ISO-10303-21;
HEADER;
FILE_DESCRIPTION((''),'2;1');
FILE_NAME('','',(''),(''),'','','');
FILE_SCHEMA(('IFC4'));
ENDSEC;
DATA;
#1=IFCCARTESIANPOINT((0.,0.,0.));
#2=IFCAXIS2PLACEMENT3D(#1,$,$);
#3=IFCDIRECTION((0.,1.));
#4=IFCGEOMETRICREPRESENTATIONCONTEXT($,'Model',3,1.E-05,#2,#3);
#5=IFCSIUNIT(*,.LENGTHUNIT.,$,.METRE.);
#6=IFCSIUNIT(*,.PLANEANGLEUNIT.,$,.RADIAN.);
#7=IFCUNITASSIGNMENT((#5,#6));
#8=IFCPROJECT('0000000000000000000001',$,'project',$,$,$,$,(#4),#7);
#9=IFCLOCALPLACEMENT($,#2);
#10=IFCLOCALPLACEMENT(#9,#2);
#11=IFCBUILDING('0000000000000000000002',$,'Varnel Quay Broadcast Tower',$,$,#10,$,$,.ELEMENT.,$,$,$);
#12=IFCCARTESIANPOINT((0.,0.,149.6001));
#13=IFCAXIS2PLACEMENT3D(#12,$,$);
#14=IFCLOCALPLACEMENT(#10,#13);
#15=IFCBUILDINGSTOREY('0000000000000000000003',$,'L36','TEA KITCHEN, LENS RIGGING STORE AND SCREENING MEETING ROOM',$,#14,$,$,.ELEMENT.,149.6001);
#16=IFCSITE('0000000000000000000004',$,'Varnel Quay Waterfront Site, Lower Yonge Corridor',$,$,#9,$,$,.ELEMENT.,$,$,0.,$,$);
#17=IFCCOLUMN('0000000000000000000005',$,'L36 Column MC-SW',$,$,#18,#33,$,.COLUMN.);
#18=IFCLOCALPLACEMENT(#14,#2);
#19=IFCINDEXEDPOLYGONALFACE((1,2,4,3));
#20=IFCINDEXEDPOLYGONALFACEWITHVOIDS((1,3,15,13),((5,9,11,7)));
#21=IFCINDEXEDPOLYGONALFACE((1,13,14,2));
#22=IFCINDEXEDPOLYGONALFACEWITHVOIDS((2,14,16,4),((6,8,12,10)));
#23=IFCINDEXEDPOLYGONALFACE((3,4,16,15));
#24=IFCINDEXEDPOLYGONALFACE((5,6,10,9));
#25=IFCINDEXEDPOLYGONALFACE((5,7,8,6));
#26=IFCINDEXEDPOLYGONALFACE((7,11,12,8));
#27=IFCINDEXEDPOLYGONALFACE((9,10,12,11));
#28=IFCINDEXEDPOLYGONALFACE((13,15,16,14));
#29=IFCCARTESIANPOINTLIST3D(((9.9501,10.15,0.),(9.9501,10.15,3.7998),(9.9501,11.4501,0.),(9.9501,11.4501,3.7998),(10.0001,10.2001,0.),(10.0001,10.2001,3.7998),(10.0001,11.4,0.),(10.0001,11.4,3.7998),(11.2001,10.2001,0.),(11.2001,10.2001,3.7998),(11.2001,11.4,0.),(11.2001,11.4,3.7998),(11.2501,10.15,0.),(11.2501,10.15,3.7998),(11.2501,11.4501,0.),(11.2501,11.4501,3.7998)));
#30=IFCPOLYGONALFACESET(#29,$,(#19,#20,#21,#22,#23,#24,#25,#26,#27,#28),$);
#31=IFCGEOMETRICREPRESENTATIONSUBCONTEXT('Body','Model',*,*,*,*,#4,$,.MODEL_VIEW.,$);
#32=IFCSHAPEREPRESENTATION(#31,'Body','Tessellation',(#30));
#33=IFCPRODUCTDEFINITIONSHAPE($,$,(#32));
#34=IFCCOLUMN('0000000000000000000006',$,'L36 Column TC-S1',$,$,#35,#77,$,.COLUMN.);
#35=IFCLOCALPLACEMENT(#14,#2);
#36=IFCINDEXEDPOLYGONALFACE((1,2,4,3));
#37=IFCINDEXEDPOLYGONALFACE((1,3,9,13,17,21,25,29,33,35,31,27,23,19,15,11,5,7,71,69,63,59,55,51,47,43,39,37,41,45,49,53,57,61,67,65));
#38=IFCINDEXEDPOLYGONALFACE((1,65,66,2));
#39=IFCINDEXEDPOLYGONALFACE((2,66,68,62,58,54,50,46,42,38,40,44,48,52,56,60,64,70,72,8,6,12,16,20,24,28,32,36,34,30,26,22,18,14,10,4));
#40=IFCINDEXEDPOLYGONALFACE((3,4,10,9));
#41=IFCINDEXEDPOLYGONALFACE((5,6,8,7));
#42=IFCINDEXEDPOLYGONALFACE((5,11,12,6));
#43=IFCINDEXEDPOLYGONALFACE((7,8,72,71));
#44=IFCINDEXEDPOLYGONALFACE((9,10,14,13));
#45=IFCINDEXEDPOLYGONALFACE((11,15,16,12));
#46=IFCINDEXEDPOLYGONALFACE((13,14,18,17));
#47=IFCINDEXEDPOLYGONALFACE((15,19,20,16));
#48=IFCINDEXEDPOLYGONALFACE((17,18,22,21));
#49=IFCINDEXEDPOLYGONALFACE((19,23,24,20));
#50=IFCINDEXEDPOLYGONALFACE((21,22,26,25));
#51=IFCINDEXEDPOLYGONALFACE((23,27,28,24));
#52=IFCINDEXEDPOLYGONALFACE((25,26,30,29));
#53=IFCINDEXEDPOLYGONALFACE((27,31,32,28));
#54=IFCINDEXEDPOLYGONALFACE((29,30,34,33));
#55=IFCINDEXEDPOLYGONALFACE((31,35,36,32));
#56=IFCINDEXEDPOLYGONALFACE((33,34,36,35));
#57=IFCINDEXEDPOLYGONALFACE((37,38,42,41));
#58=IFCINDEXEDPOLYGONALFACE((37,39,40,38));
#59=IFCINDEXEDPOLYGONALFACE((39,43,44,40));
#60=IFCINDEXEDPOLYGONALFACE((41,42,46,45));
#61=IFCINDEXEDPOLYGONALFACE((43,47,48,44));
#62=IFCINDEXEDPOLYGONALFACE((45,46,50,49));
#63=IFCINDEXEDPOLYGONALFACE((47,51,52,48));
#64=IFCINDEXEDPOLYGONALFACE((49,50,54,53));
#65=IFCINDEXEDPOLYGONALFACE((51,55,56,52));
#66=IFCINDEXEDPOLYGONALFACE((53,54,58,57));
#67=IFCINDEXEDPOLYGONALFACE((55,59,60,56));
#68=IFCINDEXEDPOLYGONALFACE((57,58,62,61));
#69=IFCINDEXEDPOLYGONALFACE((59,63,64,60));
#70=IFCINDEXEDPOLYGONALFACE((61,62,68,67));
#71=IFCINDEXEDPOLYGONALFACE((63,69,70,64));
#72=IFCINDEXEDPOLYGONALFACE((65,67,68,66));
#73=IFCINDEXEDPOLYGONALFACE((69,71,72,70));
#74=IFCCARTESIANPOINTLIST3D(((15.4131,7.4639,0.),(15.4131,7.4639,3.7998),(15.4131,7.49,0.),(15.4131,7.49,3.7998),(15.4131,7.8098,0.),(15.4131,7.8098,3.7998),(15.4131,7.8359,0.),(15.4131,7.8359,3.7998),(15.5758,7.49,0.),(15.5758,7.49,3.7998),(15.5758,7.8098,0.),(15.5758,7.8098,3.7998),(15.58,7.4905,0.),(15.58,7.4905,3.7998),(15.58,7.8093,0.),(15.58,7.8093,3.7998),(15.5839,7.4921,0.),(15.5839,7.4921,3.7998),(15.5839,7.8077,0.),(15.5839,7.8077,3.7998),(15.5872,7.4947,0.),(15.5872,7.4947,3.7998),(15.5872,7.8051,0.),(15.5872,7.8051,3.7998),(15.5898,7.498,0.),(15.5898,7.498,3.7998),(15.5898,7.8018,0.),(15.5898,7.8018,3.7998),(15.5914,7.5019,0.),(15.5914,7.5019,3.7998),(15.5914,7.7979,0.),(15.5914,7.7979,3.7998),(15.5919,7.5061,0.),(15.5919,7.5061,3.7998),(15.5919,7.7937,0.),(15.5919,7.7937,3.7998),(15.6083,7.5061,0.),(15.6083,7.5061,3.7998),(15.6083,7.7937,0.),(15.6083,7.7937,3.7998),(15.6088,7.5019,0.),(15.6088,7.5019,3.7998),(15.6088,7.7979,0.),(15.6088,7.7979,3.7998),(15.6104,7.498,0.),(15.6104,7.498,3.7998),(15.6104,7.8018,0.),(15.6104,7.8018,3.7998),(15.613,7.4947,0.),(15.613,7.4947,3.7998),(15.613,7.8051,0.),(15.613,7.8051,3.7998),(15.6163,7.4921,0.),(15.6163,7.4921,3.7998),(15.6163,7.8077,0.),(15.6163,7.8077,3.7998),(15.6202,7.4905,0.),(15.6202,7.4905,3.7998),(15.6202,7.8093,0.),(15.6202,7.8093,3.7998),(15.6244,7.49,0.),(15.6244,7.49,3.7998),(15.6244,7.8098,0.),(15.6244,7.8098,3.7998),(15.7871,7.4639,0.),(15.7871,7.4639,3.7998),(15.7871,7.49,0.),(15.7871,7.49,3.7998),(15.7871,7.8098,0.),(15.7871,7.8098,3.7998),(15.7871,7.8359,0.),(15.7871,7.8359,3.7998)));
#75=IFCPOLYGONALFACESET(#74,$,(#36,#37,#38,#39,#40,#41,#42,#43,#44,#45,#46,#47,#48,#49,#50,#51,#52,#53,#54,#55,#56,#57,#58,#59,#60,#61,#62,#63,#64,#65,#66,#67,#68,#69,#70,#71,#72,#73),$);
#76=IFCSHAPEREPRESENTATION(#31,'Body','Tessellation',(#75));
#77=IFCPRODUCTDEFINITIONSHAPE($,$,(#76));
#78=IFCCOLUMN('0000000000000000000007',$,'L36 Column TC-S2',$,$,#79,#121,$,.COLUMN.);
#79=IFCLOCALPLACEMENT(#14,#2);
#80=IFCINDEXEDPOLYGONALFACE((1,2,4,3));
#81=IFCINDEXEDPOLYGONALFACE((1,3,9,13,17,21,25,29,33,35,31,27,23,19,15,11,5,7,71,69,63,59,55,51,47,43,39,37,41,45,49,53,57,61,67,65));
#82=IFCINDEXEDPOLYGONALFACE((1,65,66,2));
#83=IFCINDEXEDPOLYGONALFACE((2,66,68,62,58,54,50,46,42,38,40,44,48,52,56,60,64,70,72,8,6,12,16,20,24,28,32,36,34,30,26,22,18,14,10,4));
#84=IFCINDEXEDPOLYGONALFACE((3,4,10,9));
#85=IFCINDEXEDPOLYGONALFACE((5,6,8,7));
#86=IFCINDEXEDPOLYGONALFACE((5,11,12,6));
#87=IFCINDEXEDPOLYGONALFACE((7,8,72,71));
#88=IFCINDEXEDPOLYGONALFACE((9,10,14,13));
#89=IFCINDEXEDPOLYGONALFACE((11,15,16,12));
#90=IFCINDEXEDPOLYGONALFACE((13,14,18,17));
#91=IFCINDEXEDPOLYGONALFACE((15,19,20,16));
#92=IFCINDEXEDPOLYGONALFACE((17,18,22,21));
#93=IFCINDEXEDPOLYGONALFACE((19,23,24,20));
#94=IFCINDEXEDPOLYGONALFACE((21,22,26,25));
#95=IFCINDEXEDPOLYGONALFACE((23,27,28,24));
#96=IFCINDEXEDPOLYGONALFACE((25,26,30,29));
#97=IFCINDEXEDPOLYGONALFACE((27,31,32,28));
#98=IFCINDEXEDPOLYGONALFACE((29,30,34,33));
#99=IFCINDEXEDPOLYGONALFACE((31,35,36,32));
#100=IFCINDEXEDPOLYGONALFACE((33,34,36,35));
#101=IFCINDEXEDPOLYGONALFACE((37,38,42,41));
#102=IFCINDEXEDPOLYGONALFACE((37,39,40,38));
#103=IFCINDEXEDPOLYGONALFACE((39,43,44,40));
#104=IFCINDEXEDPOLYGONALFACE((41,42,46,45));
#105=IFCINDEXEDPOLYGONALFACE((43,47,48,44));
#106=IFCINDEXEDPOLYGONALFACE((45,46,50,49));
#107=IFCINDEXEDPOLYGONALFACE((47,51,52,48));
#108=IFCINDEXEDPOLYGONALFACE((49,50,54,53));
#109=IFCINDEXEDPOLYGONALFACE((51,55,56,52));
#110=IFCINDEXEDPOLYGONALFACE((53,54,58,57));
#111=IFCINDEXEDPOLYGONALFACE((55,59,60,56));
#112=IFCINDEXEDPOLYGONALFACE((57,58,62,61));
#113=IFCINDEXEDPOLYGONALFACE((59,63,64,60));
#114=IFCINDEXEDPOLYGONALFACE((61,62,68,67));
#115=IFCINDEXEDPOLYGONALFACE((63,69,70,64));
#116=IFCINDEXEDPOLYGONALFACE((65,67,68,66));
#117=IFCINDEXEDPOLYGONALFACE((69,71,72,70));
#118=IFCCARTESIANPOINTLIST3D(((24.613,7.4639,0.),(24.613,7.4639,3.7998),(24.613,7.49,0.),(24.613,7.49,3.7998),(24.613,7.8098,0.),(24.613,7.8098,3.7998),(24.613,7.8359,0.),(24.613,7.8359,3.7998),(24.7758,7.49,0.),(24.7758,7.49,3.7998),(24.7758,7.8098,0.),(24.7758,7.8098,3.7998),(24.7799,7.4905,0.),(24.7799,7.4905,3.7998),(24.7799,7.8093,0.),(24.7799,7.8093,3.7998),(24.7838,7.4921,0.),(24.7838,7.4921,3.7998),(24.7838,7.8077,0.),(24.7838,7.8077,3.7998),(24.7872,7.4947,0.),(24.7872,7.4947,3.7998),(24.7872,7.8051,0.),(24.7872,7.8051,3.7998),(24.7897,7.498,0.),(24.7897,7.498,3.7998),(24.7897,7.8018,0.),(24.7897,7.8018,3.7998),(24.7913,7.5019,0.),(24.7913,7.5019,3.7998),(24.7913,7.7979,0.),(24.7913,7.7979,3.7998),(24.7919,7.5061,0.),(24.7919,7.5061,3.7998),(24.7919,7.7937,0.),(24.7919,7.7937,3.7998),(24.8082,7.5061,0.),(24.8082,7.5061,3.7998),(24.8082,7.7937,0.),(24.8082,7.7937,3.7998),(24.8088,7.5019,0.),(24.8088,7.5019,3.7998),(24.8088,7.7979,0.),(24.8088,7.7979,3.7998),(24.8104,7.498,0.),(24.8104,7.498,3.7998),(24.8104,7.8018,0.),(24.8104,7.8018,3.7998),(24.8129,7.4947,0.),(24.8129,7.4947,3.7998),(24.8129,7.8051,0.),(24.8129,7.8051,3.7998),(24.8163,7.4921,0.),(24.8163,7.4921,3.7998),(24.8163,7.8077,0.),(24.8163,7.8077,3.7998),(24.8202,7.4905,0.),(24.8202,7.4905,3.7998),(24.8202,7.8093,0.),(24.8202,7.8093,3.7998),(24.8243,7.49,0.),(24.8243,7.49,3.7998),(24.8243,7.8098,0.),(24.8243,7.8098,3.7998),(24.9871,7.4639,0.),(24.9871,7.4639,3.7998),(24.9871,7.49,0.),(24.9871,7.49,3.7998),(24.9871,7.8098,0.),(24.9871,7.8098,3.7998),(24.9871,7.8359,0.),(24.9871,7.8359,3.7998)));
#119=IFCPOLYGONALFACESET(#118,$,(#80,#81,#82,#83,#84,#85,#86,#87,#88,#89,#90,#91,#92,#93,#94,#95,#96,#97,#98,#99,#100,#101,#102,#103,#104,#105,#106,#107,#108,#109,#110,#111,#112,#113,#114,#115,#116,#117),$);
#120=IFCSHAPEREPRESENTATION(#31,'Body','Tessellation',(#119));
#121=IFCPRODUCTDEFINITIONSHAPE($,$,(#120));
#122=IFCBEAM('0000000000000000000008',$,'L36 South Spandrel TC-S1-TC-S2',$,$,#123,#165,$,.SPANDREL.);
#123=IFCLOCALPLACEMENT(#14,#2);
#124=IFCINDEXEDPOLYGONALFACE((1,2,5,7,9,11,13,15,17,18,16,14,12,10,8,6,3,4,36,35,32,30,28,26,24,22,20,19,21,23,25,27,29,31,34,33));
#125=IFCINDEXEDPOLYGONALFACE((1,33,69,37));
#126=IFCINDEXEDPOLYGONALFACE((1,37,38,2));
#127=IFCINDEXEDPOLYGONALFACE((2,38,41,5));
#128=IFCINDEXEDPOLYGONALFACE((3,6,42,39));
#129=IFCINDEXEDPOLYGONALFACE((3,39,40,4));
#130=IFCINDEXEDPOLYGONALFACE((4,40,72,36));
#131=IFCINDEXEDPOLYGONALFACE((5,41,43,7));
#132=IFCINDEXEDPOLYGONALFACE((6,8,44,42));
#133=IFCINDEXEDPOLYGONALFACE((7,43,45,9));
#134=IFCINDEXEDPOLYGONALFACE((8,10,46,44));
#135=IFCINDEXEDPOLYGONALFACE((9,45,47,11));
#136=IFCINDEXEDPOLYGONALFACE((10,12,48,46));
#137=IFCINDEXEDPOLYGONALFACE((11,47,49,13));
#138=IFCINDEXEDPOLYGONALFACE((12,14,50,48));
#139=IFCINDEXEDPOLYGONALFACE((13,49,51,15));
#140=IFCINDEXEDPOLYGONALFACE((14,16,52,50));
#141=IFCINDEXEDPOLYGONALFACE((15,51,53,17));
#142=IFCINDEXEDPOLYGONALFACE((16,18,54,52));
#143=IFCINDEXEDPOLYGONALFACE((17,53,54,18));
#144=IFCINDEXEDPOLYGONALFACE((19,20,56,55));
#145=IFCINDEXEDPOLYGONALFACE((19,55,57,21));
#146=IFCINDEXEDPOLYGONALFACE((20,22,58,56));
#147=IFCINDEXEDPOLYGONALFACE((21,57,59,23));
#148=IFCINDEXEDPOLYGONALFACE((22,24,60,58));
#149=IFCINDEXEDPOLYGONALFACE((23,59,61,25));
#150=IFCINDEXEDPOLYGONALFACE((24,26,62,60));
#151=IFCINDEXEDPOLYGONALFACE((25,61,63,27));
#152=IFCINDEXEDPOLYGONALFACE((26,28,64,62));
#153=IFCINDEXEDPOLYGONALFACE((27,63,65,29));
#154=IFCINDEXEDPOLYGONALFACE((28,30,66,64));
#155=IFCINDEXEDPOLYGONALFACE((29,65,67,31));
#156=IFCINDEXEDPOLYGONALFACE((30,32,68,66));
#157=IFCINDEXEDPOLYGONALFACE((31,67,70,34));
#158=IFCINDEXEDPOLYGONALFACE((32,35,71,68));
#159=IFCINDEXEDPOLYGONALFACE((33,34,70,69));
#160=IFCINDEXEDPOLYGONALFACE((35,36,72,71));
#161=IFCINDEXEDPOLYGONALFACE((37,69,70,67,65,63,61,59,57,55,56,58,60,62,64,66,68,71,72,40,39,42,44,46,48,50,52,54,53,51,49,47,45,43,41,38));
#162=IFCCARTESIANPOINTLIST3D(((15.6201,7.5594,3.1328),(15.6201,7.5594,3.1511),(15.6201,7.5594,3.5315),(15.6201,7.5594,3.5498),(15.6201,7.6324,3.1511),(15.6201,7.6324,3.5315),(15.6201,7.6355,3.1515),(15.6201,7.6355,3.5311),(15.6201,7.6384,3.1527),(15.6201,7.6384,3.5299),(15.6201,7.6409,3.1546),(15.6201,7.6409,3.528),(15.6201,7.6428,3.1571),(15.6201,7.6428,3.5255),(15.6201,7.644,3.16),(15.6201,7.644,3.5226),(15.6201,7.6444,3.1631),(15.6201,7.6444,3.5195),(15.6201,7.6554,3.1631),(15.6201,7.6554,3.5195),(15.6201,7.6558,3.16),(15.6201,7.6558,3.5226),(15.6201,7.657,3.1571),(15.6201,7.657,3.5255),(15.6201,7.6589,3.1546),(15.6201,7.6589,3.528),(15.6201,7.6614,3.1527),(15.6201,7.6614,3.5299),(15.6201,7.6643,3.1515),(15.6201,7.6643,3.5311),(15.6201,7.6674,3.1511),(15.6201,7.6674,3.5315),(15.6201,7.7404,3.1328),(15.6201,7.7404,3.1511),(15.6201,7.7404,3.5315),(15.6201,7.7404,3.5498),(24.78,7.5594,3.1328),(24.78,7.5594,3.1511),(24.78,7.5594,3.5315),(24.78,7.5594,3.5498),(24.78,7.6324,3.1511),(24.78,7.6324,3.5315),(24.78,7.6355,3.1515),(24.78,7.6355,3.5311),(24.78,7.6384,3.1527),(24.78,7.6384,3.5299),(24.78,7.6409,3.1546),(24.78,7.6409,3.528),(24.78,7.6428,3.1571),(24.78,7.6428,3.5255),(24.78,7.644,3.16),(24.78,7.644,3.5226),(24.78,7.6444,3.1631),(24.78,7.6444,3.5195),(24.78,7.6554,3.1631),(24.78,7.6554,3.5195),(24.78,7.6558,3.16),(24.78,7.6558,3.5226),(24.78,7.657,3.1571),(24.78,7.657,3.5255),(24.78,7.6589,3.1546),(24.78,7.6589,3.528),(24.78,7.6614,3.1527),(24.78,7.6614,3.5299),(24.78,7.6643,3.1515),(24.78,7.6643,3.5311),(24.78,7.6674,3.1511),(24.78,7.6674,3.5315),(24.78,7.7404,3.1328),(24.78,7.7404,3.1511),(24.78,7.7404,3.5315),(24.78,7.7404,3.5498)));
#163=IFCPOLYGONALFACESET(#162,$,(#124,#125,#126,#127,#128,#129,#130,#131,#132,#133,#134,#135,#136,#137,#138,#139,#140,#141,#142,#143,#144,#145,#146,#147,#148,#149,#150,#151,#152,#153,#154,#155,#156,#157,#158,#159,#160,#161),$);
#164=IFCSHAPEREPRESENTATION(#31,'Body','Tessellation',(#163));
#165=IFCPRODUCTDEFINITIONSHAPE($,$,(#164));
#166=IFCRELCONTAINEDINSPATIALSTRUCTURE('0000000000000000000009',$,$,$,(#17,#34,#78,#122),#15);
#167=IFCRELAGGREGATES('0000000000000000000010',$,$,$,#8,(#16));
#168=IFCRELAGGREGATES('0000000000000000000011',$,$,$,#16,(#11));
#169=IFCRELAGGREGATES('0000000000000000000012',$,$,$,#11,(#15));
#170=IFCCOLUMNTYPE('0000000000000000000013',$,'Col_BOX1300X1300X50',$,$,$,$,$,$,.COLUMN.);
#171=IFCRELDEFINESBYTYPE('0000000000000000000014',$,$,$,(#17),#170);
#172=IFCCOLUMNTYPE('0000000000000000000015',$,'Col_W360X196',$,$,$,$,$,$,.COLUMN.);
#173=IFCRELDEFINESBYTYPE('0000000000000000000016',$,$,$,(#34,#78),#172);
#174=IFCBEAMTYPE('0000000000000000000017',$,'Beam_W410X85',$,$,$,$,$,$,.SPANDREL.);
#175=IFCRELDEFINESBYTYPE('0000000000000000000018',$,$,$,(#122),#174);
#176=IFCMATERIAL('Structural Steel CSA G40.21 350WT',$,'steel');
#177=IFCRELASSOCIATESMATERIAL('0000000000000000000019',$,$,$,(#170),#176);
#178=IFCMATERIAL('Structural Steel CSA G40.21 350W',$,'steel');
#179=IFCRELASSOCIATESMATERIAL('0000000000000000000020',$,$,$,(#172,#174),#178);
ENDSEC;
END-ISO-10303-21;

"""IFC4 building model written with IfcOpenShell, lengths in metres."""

from ifc_helpers import new_model, si_unit, direction, frame, origin, origin_2d, place, context, subcontext, project, spatial, hollow_rectangle, i_section, extrude, source, transform, mapped, material, material_profile, profile_set, type_object, type_shapes, element, save


model = new_model("IFC4")

# Units and contexts
model_context = context("Model", 3, precision=1e-05, world=origin(), true_north=direction((0.0, 1.0)))
body_context = subcontext(model_context, "Body", "Model", "MODEL_VIEW")
ifc_project = project(units=[si_unit("LENGTHUNIT", "METRE"), si_unit("PLANEANGLEUNIT", "RADIAN")], contexts=[model_context])

# Site, building, storey
site_placement = place(None, origin())
site = spatial("IfcSite", under=ifc_project, at=site_placement, Name="Varnel Quay Waterfront Site, Lower Yonge Corridor", CompositionType="ELEMENT", RefElevation=0.0)
building_placement = place(site_placement, origin())
building = spatial("IfcBuilding", under=site, at=building_placement, Name="Varnel Quay Broadcast Tower", CompositionType="ELEMENT")
storey_placement = place(building_placement, frame((0.0, 0.0, 149.6001)))
storey = spatial("IfcBuildingStorey", under=building, at=storey_placement, Name="L36", Description="TEA KITCHEN, LENS RIGGING STORE AND SCREENING MEETING ROOM", CompositionType="ELEMENT", Elevation=149.6001)

# Columns
ifc_material_1 = material(Name="Structural Steel CSA G40.21 350WT", Category="steel")
ifc_material_profile_1 = material_profile(ifc_material_1, hollow_rectangle(XDim=1.3, YDim=1.3, WallThickness=0.05, at=origin_2d()), Name="BOX1300X1300X50")
ifc_profile_set_1 = profile_set([ifc_material_profile_1], Name="Structural Steel CSA G40.21 350WT")
column_type_1 = type_object("IfcColumnType", Name="Col_BOX1300X1300X50", PredefinedType="COLUMN", material=ifc_profile_set_1)
shared_shape_1 = source(origin(), body_context, "Body", "SweptSolid", [
    extrude(hollow_rectangle(XDim=1.3, YDim=1.3, WallThickness=0.05, at=origin_2d()), origin(), (0.0, 0.0, 1.0), 3.7998),
])
type_shapes(column_type_1, [shared_shape_1])
column_placement = place(storey_placement, frame((10.6001, 10.8, 0.0), z_axis=(0.0, 0.0, 1.0), x_axis=(1.0, 0.0, 0.0)))
element("IfcColumn", 1, at=column_placement, inside=storey, type_object=column_type_1, Name="L36 Column MC-SW", PredefinedType="COLUMN", context=body_context, shape_type="MappedRepresentation", body=[
    mapped(shared_shape_1, transform((0.0, 0.0, 0.0), x_axis=(1.0, 0.0, 0.0), y_axis=(0.0, 1.0, 0.0), z_axis=(0.0, 0.0, 1.0), scale=1.0)),
])
ifc_material_2 = material(Name="Structural Steel CSA G40.21 350W", Category="steel")
ifc_material_profile_2 = material_profile(ifc_material_2, i_section(OverallWidth=0.374, OverallDepth=0.3721, WebThickness=0.0164, FlangeThickness=0.0261, FilletRadius=0.0161, at=origin_2d()), Name="W360X196")
ifc_profile_set_2 = profile_set([ifc_material_profile_2], Name="Structural Steel CSA G40.21 350W")
column_type_2 = type_object("IfcColumnType", Name="Col_W360X196", PredefinedType="COLUMN", material=ifc_profile_set_2)
shared_shape_2 = source(origin(), body_context, "Body", "SweptSolid", [
    extrude(i_section(OverallWidth=0.374, OverallDepth=0.3721, WebThickness=0.0164, FlangeThickness=0.0261, FilletRadius=0.0161, at=origin_2d()), origin(), (0.0, 0.0, 1.0), 3.7998),
])
type_shapes(column_type_2, [shared_shape_2])
for number, where, z_axis, x_axis, name in (
    (2, (15.6001, 7.6499, 0.0), (0.0, 0.0, 1.0), (1.0, 0.0, 0.0), "L36 Column TC-S1"),
    (3, (24.8, 7.6499, 0.0), (0.0, 0.0, 1.0), (1.0, 0.0, 0.0), "L36 Column TC-S2"),
):
    element("IfcColumn", number, at=place(storey_placement, frame(where, z_axis=z_axis, x_axis=x_axis)), inside=storey, type_object=column_type_2, Name=name, PredefinedType="COLUMN", context=body_context, shape_type="MappedRepresentation", body=[
        mapped(shared_shape_2, transform((0.0, 0.0, 0.0), x_axis=(1.0, 0.0, 0.0), y_axis=(0.0, 1.0, 0.0), z_axis=(0.0, 0.0, 1.0), scale=1.0)),
    ])

# Beam
ifc_material_profile_3 = material_profile(ifc_material_2, i_section(OverallWidth=0.1809, OverallDepth=0.417, WebThickness=0.011, FlangeThickness=0.0183, FilletRadius=0.012, at=origin_2d()), Name="W410X85")
ifc_profile_set_3 = profile_set([ifc_material_profile_3], Name="Structural Steel CSA G40.21 350W")
beam_type_1 = type_object("IfcBeamType", Name="Beam_W410X85", PredefinedType="SPANDREL", material=ifc_profile_set_3)
shared_shape_3 = source(origin(), body_context, "Body", "SweptSolid", [
    extrude(i_section(OverallWidth=0.1809, OverallDepth=0.417, WebThickness=0.011, FlangeThickness=0.0183, FilletRadius=0.012, at=origin_2d()), origin(), (0.0, 0.0, 1.0), 9.1599),
])
for number, where, z_axis, x_axis, name in (
    (4, (15.6201, 7.6499, 3.3413), (1.0, 0.0, 0.0), (0.0, 1.0, 0.0), "L36 South Spandrel TC-S1-TC-S2"),
):
    element("IfcBeam", number, at=place(storey_placement, frame(where, z_axis=z_axis, x_axis=x_axis)), inside=storey, type_object=beam_type_1, Name=name, PredefinedType="SPANDREL", context=body_context, shape_type="MappedRepresentation", body=[
        mapped(shared_shape_3, transform((0.0, 0.0, 0.0), x_axis=(1.0, 0.0, 0.0), y_axis=(0.0, 1.0, 0.0), z_axis=(0.0, 0.0, 1.0), scale=1.0)),
    ])

save(model, "model.ifc")
